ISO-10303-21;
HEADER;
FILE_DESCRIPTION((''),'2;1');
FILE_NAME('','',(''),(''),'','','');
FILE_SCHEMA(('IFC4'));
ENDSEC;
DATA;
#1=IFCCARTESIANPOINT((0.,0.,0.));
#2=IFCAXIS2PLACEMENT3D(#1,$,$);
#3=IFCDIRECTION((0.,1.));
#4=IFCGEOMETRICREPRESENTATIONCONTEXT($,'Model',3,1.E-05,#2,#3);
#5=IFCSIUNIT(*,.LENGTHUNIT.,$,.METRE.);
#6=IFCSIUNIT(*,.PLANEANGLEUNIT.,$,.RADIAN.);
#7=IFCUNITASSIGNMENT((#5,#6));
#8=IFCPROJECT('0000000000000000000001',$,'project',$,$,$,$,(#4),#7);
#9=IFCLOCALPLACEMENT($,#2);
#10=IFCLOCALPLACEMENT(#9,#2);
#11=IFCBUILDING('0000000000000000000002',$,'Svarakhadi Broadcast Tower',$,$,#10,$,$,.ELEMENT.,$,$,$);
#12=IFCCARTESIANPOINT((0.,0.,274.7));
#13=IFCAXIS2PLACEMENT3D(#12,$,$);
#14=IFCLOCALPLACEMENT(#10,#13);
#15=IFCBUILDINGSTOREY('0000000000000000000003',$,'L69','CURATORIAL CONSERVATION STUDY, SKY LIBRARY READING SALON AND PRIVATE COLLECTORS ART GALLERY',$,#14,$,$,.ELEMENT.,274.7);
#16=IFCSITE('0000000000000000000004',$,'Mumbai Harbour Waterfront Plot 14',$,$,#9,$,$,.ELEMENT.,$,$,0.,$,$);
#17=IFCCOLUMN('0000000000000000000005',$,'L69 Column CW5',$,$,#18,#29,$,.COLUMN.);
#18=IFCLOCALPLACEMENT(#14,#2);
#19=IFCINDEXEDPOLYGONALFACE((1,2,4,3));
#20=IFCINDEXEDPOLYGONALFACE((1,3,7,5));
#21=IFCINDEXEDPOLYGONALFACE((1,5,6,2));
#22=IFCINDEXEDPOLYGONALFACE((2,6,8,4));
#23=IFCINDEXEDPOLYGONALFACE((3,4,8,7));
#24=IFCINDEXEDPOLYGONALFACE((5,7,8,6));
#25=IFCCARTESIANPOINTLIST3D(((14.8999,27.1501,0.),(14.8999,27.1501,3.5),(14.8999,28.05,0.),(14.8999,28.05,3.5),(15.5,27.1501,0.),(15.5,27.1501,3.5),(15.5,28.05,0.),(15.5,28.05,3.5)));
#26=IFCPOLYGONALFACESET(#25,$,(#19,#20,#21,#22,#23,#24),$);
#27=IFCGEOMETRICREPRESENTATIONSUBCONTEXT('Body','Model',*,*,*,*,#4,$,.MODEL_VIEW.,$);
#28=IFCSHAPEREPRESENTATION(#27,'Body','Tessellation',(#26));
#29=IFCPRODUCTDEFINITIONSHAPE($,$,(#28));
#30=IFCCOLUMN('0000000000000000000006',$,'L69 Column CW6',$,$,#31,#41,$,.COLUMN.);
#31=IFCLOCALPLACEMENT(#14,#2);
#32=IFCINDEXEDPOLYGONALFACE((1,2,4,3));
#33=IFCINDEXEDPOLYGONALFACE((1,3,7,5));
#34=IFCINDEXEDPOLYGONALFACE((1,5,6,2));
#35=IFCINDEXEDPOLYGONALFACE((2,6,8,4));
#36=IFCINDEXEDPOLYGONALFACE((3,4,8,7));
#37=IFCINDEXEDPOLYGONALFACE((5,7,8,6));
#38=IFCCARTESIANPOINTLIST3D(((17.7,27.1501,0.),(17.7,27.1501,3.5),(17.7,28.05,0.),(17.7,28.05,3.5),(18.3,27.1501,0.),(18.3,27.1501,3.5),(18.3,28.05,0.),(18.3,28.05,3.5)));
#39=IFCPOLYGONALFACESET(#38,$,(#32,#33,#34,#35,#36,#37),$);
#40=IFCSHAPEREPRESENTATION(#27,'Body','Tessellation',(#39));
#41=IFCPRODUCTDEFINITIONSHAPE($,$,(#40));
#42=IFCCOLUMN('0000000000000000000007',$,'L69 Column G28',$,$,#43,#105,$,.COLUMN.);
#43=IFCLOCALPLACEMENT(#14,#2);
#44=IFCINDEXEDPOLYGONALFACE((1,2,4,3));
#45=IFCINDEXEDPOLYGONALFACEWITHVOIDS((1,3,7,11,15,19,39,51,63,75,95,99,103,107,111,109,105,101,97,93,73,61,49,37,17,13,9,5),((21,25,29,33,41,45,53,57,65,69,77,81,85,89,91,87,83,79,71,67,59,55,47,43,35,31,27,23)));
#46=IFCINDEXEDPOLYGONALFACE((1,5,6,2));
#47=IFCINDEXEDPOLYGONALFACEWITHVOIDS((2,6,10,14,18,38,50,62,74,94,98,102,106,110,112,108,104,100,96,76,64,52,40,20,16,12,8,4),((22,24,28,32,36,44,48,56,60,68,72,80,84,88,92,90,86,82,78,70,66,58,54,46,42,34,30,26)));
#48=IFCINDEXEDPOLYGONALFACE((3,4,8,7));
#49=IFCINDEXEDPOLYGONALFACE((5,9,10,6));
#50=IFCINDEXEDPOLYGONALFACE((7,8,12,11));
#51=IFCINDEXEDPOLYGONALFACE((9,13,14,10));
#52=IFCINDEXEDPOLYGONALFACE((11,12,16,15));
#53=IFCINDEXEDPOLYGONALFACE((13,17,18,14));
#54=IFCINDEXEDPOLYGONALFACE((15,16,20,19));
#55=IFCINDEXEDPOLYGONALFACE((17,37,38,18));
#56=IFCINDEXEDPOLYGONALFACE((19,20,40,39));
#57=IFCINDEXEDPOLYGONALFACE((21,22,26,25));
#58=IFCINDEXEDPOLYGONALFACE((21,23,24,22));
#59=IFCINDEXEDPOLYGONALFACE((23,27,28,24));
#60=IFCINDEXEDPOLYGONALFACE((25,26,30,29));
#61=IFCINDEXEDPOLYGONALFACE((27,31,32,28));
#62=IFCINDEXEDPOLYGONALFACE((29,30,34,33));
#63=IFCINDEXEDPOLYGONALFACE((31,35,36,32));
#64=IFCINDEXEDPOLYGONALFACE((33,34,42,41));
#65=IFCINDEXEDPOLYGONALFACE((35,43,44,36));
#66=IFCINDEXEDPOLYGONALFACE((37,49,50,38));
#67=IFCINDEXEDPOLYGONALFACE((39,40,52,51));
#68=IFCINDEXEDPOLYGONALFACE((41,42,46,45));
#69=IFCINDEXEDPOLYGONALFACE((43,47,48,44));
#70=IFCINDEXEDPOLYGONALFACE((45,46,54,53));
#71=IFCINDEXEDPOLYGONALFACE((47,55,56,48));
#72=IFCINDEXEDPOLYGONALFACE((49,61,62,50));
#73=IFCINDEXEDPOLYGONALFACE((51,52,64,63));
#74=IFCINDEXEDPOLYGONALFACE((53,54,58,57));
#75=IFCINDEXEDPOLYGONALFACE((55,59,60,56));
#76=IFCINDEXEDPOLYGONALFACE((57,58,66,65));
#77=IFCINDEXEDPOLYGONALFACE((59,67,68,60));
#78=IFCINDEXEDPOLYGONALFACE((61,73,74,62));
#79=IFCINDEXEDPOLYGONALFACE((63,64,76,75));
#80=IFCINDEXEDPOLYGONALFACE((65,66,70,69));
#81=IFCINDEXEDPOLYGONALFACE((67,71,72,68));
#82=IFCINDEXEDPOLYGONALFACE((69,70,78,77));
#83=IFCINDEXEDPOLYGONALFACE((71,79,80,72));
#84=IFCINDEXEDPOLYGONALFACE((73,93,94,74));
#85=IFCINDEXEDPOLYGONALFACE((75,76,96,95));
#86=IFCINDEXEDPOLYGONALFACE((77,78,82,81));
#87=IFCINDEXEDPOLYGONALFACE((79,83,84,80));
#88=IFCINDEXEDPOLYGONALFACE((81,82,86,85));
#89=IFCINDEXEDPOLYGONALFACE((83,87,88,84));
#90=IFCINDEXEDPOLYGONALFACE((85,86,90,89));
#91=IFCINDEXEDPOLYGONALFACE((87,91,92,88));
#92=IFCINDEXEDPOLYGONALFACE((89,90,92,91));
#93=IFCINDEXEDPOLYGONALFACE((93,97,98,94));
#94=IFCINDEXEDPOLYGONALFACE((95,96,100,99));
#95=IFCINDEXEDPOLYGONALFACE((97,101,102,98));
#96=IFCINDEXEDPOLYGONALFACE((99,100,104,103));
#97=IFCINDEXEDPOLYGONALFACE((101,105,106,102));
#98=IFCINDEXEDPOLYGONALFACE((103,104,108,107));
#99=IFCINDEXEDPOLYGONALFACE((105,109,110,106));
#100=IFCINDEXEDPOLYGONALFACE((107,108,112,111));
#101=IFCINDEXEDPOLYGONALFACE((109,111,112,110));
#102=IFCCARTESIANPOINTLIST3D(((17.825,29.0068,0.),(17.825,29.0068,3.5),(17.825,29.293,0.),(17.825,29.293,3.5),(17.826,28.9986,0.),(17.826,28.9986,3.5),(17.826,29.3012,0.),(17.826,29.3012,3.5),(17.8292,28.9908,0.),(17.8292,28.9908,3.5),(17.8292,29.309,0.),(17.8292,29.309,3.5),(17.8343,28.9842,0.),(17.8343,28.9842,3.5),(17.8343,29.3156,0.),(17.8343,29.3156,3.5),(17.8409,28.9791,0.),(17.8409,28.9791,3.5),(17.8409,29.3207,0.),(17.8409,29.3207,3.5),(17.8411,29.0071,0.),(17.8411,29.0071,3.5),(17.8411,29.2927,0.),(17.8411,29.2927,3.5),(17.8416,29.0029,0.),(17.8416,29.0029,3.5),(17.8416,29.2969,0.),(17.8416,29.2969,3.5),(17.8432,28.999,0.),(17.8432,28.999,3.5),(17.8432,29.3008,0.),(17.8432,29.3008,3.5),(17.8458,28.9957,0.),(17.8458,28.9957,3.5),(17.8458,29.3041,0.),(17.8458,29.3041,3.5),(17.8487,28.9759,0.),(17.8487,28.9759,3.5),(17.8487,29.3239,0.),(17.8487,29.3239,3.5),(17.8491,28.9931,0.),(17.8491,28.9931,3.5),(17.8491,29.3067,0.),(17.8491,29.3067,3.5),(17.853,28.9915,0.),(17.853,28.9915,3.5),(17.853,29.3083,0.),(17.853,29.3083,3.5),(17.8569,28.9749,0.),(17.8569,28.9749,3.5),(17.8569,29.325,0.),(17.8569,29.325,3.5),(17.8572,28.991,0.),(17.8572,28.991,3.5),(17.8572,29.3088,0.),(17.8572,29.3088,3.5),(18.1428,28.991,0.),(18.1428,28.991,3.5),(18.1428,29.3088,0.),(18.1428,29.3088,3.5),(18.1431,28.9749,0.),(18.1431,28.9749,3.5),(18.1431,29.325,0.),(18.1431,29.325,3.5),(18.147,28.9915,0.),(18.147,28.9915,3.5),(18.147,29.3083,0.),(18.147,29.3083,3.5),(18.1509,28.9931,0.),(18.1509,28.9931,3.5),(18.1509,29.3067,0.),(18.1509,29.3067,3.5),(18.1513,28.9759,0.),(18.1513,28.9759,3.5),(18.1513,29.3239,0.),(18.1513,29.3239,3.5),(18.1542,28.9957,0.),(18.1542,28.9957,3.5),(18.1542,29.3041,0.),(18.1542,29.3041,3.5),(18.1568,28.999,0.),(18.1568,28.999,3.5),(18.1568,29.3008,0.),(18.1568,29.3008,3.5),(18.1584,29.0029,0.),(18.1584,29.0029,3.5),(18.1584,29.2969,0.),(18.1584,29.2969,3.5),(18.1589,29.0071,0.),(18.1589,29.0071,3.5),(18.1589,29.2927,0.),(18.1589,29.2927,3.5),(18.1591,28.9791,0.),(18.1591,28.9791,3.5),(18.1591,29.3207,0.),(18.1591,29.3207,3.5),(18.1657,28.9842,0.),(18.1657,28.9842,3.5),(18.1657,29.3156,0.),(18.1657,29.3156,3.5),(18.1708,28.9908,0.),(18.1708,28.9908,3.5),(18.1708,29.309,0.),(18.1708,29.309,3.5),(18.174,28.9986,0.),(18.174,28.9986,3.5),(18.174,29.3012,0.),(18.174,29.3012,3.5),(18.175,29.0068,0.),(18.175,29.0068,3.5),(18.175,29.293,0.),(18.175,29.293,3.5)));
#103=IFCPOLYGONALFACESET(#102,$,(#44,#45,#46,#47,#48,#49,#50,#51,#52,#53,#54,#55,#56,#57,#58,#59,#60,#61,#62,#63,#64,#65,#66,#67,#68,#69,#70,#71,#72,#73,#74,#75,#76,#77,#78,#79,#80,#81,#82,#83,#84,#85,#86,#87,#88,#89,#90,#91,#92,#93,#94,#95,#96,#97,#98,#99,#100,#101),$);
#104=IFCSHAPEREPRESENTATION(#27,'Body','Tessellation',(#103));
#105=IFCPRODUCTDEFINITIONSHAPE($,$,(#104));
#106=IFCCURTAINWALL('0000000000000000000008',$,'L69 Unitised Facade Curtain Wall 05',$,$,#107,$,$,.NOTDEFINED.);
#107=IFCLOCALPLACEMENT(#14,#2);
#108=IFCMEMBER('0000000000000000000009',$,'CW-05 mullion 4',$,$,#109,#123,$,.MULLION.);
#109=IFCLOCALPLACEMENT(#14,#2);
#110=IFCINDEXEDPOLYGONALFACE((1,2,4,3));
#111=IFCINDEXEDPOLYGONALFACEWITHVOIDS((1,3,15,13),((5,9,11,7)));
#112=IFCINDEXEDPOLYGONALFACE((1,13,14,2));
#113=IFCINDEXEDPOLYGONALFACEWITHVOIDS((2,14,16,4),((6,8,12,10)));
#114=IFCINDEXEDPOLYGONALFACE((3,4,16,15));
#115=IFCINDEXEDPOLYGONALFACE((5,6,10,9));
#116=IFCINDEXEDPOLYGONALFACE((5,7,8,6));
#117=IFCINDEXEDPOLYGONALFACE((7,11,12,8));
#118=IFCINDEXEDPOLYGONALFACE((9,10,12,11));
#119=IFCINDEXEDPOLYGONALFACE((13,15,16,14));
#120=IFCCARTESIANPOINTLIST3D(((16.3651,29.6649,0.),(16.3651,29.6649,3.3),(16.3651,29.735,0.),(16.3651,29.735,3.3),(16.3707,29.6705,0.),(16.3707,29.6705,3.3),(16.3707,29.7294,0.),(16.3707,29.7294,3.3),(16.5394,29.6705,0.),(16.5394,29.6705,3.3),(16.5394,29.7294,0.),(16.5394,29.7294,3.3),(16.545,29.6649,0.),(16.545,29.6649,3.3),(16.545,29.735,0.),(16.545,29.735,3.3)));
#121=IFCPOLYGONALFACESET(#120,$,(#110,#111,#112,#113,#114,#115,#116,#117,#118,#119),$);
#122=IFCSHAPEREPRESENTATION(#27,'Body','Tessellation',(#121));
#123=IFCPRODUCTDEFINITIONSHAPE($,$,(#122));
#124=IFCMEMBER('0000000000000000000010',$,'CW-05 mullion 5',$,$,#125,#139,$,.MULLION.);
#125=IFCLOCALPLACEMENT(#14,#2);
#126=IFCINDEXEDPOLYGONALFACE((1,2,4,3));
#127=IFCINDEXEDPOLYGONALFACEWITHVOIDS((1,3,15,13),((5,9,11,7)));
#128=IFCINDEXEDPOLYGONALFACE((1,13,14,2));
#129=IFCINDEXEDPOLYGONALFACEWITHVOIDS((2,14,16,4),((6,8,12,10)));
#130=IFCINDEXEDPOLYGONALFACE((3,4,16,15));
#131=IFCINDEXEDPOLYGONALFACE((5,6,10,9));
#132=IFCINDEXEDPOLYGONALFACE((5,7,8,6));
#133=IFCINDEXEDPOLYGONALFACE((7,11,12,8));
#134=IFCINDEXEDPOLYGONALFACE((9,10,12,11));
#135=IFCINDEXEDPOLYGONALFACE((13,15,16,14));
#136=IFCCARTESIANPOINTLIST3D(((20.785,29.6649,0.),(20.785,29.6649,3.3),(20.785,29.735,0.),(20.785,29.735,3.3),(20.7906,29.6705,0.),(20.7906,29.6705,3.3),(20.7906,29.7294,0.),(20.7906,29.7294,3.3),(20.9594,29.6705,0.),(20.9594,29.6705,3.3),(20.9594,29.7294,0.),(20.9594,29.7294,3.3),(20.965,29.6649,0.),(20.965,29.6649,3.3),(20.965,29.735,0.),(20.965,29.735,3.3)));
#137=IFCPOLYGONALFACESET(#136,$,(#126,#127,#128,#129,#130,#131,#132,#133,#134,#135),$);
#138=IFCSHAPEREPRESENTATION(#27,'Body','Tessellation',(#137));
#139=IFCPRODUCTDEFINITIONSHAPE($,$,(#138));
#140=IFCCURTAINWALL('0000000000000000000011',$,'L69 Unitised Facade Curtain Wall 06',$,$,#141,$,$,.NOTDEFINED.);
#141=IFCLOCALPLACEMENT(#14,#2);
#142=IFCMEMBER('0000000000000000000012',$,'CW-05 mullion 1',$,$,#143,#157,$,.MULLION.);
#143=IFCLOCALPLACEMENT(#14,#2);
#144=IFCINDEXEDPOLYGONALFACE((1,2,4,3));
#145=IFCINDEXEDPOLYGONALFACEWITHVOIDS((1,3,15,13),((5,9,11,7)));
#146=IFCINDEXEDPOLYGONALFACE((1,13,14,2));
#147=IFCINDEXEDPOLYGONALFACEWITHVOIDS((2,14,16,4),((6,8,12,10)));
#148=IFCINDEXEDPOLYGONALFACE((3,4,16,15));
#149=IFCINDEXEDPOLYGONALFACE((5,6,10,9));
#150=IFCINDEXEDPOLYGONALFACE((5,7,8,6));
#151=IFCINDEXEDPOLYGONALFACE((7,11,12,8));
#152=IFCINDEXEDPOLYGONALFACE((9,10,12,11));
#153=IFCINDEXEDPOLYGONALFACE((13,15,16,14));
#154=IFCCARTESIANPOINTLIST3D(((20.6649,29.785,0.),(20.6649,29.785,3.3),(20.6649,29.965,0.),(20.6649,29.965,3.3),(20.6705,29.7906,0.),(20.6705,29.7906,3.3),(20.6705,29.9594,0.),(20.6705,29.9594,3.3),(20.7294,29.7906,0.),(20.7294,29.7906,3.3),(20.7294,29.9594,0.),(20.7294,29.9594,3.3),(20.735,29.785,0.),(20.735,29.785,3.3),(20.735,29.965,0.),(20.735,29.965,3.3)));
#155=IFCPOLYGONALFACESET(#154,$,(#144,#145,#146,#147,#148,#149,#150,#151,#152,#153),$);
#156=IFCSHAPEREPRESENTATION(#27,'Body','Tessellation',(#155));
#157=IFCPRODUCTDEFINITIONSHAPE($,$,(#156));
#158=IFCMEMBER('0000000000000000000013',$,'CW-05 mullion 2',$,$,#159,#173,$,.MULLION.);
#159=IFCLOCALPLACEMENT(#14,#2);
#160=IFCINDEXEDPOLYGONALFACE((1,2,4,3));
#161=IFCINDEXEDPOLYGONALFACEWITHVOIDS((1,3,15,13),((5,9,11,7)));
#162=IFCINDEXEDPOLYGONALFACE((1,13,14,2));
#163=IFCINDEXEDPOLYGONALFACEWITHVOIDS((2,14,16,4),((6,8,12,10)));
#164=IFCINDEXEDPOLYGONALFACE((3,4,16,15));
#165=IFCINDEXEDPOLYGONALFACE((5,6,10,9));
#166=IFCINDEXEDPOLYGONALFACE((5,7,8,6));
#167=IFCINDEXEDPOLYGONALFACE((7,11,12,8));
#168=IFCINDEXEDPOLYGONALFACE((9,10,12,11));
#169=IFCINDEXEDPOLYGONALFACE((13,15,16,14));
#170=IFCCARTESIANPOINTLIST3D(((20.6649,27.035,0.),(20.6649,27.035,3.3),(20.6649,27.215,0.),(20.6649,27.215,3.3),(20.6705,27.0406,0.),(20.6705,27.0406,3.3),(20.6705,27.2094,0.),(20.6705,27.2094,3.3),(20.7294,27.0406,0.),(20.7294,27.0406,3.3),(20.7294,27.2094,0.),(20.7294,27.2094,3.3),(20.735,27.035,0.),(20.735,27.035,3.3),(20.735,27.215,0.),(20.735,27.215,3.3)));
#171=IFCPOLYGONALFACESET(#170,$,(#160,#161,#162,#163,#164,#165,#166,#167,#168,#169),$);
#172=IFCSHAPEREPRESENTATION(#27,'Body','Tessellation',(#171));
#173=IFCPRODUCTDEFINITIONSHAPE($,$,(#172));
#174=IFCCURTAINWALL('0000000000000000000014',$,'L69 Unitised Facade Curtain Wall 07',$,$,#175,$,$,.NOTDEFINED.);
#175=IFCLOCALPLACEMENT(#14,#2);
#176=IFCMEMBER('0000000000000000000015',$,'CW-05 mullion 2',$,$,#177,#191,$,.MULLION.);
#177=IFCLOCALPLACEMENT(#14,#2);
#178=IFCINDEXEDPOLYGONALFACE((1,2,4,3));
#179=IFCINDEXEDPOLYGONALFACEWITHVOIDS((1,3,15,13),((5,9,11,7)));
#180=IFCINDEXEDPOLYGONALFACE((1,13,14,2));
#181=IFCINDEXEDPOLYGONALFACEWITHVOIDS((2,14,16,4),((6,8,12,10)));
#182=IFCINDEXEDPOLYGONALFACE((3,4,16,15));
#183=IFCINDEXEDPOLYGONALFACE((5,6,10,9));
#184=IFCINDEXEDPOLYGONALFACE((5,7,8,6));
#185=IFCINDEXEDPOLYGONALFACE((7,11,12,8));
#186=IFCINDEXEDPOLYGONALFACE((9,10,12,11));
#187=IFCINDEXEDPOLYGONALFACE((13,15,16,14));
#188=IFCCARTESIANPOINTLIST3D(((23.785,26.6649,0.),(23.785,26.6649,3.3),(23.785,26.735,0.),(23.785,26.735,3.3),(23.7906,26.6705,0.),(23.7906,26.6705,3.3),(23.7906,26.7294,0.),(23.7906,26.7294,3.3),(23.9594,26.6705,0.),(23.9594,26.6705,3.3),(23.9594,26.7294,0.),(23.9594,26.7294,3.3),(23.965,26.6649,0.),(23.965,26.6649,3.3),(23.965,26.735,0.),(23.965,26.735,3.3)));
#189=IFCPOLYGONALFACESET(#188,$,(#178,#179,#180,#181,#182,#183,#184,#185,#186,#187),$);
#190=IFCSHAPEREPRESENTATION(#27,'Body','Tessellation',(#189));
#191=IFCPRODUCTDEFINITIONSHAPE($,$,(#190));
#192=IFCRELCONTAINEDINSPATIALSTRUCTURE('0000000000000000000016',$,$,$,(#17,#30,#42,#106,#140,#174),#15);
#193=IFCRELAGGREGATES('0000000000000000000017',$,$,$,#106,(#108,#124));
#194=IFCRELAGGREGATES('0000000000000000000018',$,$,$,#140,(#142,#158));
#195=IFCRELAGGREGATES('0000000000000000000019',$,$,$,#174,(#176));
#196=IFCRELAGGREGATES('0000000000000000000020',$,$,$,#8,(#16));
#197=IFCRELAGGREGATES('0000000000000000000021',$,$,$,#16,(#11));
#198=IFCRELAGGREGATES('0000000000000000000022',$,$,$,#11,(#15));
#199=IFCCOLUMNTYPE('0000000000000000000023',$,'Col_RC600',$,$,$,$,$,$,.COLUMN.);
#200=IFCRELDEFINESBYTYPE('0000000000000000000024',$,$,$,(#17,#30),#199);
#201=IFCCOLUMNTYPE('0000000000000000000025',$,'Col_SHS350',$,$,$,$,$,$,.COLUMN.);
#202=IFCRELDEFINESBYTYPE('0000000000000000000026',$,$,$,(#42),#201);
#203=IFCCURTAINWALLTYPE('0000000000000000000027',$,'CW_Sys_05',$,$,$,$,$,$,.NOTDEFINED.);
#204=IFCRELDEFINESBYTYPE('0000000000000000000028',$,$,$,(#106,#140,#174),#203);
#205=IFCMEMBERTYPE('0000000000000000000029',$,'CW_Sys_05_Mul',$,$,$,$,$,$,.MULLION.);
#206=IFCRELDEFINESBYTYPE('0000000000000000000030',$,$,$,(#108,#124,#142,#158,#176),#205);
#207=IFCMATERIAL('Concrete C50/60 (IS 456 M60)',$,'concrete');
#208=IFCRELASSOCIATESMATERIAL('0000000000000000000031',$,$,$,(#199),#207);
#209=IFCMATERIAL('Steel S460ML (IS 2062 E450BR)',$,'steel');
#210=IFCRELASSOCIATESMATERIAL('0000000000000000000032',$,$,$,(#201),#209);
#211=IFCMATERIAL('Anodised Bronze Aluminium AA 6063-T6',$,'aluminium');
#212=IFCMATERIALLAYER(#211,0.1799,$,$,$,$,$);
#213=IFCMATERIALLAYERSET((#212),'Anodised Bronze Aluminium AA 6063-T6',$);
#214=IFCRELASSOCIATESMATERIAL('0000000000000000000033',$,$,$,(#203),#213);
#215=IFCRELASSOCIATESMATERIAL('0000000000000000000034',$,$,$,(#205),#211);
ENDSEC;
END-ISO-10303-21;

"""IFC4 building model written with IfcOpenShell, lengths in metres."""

from ifc_helpers import new_model, si_unit, direction, frame, origin, origin_2d, place, context, subcontext, project, spatial, rectangle, hollow_rectangle, extrude, material, layer, layer_set, material_profile, profile_set, type_object, element, aggregate, save


model = new_model("IFC4")

# Units and contexts
model_context = context("Model", 3, precision=1e-05, world=origin(), true_north=direction((0.0, 1.0)))
body_context = subcontext(model_context, "Body", "Model", "MODEL_VIEW")
ifc_project = project(units=[si_unit("LENGTHUNIT", "METRE"), si_unit("PLANEANGLEUNIT", "RADIAN")], contexts=[model_context])

# Site, building, storey
site_placement = place(None, origin())
site = spatial("IfcSite", under=ifc_project, at=site_placement, Name="Mumbai Harbour Waterfront Plot 14", CompositionType="ELEMENT", RefElevation=0.0)
building_placement = place(site_placement, origin())
building = spatial("IfcBuilding", under=site, at=building_placement, Name="Svarakhadi Broadcast Tower", CompositionType="ELEMENT")
storey_placement = place(building_placement, frame((0.0, 0.0, 274.7)))
storey = spatial("IfcBuildingStorey", under=building, at=storey_placement, Name="L69", Description="CURATORIAL CONSERVATION STUDY, SKY LIBRARY READING SALON AND PRIVATE COLLECTORS ART GALLERY", CompositionType="ELEMENT", Elevation=274.7)

# Columns
ifc_material_1 = material(Name="Concrete C50/60 (IS 456 M60)", Category="concrete")
ifc_material_profile_1 = material_profile(ifc_material_1, rectangle(XDim=0.6001, YDim=0.8999, at=origin_2d()), Name="RC 600x900")
ifc_profile_set_1 = profile_set([ifc_material_profile_1], Name="Concrete C50/60 (IS 456 M60)")
column_type_1 = type_object("IfcColumnType", Name="Col_RC600", PredefinedType="COLUMN", material=ifc_profile_set_1)
for number, where, z_axis, x_axis, name in (
    (1, (15.2, 27.6001, 0.0), (0.0, 0.0, 1.0), (1.0, 0.0, 0.0), "L69 Column CW5"),
    (2, (18.0, 27.6001, 0.0), (0.0, 0.0, 1.0), (1.0, 0.0, 0.0), "L69 Column CW6"),
):
    element("IfcColumn", number, at=place(storey_placement, frame(where, z_axis=z_axis, x_axis=x_axis)), inside=storey, type_object=column_type_1, Name=name, PredefinedType="COLUMN", context=body_context, shape_type="SweptSolid", body=[
        extrude(rectangle(XDim=0.6001, YDim=0.8999, at=origin_2d()), origin(), (0.0, 0.0, 1.0), 3.5),
    ])
ifc_material_2 = material(Name="Steel S460ML (IS 2062 E450BR)", Category="steel")
ifc_material_profile_2 = material_profile(ifc_material_2, hollow_rectangle(XDim=0.3501, YDim=0.3501, WallThickness=0.0161, InnerFilletRadius=0.0161, OuterFilletRadius=0.032, at=origin_2d()), Name="SHS 350x350x16")
ifc_profile_set_2 = profile_set([ifc_material_profile_2], Name="Steel S460ML (IS 2062 E450BR)")
column_type_2 = type_object("IfcColumnType", Name="Col_SHS350", PredefinedType="COLUMN", material=ifc_profile_set_2)
column_placement = place(storey_placement, frame((18.0, 29.1499, 0.0), z_axis=(0.0, 0.0, 1.0), x_axis=(1.0, 0.0, 0.0)))
element("IfcColumn", 3, at=column_placement, inside=storey, type_object=column_type_2, Name="L69 Column G28", PredefinedType="COLUMN", context=body_context, shape_type="SweptSolid", body=[
    extrude(hollow_rectangle(XDim=0.3501, YDim=0.3501, WallThickness=0.0161, InnerFilletRadius=0.0161, OuterFilletRadius=0.032, at=origin_2d()), origin(), (0.0, 0.0, 1.0), 3.5),
])

# Curtain walls, members
ifc_material_3 = material(Name="Anodised Bronze Aluminium AA 6063-T6", Category="aluminium")
ifc_layer_1 = layer(ifc_material_3, 0.1799)
ifc_layer_set_1 = layer_set([ifc_layer_1], Name="Anodised Bronze Aluminium AA 6063-T6")
curtain_wall_type = type_object("IfcCurtainWallType", Name="CW_Sys_05", PredefinedType="NOTDEFINED", material=ifc_layer_set_1)
curtain_wall_1_placement = place(storey_placement, origin())
curtain_wall_1 = element("IfcCurtainWall", 4, at=curtain_wall_1_placement, inside=storey, type_object=curtain_wall_type, Name="L69 Unitised Facade Curtain Wall 05", PredefinedType="NOTDEFINED")
ifc_material_profile_3 = material_profile(ifc_material_3, hollow_rectangle(XDim=0.0701, YDim=0.1799, WallThickness=0.0056, at=origin_2d()), Name="ALU MULLION 180x70x6")
ifc_profile_set_3 = profile_set([ifc_material_profile_3], Name="Anodised Bronze Aluminium AA 6063-T6")
member_type_1 = type_object("IfcMemberType", Name="CW_Sys_05_Mul", PredefinedType="MULLION", material=ifc_profile_set_3)
member_1_placement = place(storey_placement, frame((16.4551, 29.7, 0.0), z_axis=(0.0, 0.0, 1.0), x_axis=(0.0, 1.0, 0.0)))
member_1 = element("IfcMember", 5, at=member_1_placement, type_object=member_type_1, Name="CW-05 mullion 4", PredefinedType="MULLION", context=body_context, shape_type="SweptSolid", body=[
    extrude(hollow_rectangle(XDim=0.0701, YDim=0.1799, WallThickness=0.0056, at=origin_2d()), origin(), (0.0, 0.0, 1.0), 3.3),
])
member_2_placement = place(storey_placement, frame((20.875, 29.7, 0.0), z_axis=(0.0, 0.0, 1.0), x_axis=(0.0, 1.0, 0.0)))
member_2 = element("IfcMember", 6, at=member_2_placement, type_object=member_type_1, Name="CW-05 mullion 5", PredefinedType="MULLION", context=body_context, shape_type="SweptSolid", body=[
    extrude(hollow_rectangle(XDim=0.0701, YDim=0.1799, WallThickness=0.0056, at=origin_2d()), origin(), (0.0, 0.0, 1.0), 3.3),
])
curtain_wall_2_placement = place(storey_placement, origin())
curtain_wall_2 = element("IfcCurtainWall", 7, at=curtain_wall_2_placement, inside=storey, type_object=curtain_wall_type, Name="L69 Unitised Facade Curtain Wall 06", PredefinedType="NOTDEFINED")
member_3_placement = place(storey_placement, frame((20.7, 29.875, 0.0), z_axis=(0.0, 0.0, 1.0), x_axis=(1.0, 0.0, 0.0)))
member_3 = element("IfcMember", 8, at=member_3_placement, type_object=member_type_1, Name="CW-05 mullion 1", PredefinedType="MULLION", context=body_context, shape_type="SweptSolid", body=[
    extrude(hollow_rectangle(XDim=0.0701, YDim=0.1799, WallThickness=0.0056, at=origin_2d()), origin(), (0.0, 0.0, 1.0), 3.3),
])
member_4_placement = place(storey_placement, frame((20.7, 27.125, 0.0), z_axis=(0.0, 0.0, 1.0), x_axis=(1.0, 0.0, 0.0)))
member_4 = element("IfcMember", 9, at=member_4_placement, type_object=member_type_1, Name="CW-05 mullion 2", PredefinedType="MULLION", context=body_context, shape_type="SweptSolid", body=[
    extrude(hollow_rectangle(XDim=0.0701, YDim=0.1799, WallThickness=0.0056, at=origin_2d()), origin(), (0.0, 0.0, 1.0), 3.3),
])

# Curtain wall, member
curtain_wall_3_placement = place(storey_placement, origin())
curtain_wall_3 = element("IfcCurtainWall", 10, at=curtain_wall_3_placement, inside=storey, type_object=curtain_wall_type, Name="L69 Unitised Facade Curtain Wall 07", PredefinedType="NOTDEFINED")
member_5_placement = place(storey_placement, frame((23.875, 26.7, 0.0), z_axis=(0.0, 0.0, 1.0), x_axis=(0.0, 1.0, 0.0)))
member_5 = element("IfcMember", 11, at=member_5_placement, type_object=member_type_1, Name="CW-05 mullion 2", PredefinedType="MULLION", context=body_context, shape_type="SweptSolid", body=[
    extrude(hollow_rectangle(XDim=0.0701, YDim=0.1799, WallThickness=0.0056, at=origin_2d()), origin(), (0.0, 0.0, 1.0), 3.3),
])

aggregate(curtain_wall_1, [member_1, member_2])
aggregate(curtain_wall_2, [member_3, member_4])
aggregate(curtain_wall_3, [member_5])

save(model, "model.ifc")
